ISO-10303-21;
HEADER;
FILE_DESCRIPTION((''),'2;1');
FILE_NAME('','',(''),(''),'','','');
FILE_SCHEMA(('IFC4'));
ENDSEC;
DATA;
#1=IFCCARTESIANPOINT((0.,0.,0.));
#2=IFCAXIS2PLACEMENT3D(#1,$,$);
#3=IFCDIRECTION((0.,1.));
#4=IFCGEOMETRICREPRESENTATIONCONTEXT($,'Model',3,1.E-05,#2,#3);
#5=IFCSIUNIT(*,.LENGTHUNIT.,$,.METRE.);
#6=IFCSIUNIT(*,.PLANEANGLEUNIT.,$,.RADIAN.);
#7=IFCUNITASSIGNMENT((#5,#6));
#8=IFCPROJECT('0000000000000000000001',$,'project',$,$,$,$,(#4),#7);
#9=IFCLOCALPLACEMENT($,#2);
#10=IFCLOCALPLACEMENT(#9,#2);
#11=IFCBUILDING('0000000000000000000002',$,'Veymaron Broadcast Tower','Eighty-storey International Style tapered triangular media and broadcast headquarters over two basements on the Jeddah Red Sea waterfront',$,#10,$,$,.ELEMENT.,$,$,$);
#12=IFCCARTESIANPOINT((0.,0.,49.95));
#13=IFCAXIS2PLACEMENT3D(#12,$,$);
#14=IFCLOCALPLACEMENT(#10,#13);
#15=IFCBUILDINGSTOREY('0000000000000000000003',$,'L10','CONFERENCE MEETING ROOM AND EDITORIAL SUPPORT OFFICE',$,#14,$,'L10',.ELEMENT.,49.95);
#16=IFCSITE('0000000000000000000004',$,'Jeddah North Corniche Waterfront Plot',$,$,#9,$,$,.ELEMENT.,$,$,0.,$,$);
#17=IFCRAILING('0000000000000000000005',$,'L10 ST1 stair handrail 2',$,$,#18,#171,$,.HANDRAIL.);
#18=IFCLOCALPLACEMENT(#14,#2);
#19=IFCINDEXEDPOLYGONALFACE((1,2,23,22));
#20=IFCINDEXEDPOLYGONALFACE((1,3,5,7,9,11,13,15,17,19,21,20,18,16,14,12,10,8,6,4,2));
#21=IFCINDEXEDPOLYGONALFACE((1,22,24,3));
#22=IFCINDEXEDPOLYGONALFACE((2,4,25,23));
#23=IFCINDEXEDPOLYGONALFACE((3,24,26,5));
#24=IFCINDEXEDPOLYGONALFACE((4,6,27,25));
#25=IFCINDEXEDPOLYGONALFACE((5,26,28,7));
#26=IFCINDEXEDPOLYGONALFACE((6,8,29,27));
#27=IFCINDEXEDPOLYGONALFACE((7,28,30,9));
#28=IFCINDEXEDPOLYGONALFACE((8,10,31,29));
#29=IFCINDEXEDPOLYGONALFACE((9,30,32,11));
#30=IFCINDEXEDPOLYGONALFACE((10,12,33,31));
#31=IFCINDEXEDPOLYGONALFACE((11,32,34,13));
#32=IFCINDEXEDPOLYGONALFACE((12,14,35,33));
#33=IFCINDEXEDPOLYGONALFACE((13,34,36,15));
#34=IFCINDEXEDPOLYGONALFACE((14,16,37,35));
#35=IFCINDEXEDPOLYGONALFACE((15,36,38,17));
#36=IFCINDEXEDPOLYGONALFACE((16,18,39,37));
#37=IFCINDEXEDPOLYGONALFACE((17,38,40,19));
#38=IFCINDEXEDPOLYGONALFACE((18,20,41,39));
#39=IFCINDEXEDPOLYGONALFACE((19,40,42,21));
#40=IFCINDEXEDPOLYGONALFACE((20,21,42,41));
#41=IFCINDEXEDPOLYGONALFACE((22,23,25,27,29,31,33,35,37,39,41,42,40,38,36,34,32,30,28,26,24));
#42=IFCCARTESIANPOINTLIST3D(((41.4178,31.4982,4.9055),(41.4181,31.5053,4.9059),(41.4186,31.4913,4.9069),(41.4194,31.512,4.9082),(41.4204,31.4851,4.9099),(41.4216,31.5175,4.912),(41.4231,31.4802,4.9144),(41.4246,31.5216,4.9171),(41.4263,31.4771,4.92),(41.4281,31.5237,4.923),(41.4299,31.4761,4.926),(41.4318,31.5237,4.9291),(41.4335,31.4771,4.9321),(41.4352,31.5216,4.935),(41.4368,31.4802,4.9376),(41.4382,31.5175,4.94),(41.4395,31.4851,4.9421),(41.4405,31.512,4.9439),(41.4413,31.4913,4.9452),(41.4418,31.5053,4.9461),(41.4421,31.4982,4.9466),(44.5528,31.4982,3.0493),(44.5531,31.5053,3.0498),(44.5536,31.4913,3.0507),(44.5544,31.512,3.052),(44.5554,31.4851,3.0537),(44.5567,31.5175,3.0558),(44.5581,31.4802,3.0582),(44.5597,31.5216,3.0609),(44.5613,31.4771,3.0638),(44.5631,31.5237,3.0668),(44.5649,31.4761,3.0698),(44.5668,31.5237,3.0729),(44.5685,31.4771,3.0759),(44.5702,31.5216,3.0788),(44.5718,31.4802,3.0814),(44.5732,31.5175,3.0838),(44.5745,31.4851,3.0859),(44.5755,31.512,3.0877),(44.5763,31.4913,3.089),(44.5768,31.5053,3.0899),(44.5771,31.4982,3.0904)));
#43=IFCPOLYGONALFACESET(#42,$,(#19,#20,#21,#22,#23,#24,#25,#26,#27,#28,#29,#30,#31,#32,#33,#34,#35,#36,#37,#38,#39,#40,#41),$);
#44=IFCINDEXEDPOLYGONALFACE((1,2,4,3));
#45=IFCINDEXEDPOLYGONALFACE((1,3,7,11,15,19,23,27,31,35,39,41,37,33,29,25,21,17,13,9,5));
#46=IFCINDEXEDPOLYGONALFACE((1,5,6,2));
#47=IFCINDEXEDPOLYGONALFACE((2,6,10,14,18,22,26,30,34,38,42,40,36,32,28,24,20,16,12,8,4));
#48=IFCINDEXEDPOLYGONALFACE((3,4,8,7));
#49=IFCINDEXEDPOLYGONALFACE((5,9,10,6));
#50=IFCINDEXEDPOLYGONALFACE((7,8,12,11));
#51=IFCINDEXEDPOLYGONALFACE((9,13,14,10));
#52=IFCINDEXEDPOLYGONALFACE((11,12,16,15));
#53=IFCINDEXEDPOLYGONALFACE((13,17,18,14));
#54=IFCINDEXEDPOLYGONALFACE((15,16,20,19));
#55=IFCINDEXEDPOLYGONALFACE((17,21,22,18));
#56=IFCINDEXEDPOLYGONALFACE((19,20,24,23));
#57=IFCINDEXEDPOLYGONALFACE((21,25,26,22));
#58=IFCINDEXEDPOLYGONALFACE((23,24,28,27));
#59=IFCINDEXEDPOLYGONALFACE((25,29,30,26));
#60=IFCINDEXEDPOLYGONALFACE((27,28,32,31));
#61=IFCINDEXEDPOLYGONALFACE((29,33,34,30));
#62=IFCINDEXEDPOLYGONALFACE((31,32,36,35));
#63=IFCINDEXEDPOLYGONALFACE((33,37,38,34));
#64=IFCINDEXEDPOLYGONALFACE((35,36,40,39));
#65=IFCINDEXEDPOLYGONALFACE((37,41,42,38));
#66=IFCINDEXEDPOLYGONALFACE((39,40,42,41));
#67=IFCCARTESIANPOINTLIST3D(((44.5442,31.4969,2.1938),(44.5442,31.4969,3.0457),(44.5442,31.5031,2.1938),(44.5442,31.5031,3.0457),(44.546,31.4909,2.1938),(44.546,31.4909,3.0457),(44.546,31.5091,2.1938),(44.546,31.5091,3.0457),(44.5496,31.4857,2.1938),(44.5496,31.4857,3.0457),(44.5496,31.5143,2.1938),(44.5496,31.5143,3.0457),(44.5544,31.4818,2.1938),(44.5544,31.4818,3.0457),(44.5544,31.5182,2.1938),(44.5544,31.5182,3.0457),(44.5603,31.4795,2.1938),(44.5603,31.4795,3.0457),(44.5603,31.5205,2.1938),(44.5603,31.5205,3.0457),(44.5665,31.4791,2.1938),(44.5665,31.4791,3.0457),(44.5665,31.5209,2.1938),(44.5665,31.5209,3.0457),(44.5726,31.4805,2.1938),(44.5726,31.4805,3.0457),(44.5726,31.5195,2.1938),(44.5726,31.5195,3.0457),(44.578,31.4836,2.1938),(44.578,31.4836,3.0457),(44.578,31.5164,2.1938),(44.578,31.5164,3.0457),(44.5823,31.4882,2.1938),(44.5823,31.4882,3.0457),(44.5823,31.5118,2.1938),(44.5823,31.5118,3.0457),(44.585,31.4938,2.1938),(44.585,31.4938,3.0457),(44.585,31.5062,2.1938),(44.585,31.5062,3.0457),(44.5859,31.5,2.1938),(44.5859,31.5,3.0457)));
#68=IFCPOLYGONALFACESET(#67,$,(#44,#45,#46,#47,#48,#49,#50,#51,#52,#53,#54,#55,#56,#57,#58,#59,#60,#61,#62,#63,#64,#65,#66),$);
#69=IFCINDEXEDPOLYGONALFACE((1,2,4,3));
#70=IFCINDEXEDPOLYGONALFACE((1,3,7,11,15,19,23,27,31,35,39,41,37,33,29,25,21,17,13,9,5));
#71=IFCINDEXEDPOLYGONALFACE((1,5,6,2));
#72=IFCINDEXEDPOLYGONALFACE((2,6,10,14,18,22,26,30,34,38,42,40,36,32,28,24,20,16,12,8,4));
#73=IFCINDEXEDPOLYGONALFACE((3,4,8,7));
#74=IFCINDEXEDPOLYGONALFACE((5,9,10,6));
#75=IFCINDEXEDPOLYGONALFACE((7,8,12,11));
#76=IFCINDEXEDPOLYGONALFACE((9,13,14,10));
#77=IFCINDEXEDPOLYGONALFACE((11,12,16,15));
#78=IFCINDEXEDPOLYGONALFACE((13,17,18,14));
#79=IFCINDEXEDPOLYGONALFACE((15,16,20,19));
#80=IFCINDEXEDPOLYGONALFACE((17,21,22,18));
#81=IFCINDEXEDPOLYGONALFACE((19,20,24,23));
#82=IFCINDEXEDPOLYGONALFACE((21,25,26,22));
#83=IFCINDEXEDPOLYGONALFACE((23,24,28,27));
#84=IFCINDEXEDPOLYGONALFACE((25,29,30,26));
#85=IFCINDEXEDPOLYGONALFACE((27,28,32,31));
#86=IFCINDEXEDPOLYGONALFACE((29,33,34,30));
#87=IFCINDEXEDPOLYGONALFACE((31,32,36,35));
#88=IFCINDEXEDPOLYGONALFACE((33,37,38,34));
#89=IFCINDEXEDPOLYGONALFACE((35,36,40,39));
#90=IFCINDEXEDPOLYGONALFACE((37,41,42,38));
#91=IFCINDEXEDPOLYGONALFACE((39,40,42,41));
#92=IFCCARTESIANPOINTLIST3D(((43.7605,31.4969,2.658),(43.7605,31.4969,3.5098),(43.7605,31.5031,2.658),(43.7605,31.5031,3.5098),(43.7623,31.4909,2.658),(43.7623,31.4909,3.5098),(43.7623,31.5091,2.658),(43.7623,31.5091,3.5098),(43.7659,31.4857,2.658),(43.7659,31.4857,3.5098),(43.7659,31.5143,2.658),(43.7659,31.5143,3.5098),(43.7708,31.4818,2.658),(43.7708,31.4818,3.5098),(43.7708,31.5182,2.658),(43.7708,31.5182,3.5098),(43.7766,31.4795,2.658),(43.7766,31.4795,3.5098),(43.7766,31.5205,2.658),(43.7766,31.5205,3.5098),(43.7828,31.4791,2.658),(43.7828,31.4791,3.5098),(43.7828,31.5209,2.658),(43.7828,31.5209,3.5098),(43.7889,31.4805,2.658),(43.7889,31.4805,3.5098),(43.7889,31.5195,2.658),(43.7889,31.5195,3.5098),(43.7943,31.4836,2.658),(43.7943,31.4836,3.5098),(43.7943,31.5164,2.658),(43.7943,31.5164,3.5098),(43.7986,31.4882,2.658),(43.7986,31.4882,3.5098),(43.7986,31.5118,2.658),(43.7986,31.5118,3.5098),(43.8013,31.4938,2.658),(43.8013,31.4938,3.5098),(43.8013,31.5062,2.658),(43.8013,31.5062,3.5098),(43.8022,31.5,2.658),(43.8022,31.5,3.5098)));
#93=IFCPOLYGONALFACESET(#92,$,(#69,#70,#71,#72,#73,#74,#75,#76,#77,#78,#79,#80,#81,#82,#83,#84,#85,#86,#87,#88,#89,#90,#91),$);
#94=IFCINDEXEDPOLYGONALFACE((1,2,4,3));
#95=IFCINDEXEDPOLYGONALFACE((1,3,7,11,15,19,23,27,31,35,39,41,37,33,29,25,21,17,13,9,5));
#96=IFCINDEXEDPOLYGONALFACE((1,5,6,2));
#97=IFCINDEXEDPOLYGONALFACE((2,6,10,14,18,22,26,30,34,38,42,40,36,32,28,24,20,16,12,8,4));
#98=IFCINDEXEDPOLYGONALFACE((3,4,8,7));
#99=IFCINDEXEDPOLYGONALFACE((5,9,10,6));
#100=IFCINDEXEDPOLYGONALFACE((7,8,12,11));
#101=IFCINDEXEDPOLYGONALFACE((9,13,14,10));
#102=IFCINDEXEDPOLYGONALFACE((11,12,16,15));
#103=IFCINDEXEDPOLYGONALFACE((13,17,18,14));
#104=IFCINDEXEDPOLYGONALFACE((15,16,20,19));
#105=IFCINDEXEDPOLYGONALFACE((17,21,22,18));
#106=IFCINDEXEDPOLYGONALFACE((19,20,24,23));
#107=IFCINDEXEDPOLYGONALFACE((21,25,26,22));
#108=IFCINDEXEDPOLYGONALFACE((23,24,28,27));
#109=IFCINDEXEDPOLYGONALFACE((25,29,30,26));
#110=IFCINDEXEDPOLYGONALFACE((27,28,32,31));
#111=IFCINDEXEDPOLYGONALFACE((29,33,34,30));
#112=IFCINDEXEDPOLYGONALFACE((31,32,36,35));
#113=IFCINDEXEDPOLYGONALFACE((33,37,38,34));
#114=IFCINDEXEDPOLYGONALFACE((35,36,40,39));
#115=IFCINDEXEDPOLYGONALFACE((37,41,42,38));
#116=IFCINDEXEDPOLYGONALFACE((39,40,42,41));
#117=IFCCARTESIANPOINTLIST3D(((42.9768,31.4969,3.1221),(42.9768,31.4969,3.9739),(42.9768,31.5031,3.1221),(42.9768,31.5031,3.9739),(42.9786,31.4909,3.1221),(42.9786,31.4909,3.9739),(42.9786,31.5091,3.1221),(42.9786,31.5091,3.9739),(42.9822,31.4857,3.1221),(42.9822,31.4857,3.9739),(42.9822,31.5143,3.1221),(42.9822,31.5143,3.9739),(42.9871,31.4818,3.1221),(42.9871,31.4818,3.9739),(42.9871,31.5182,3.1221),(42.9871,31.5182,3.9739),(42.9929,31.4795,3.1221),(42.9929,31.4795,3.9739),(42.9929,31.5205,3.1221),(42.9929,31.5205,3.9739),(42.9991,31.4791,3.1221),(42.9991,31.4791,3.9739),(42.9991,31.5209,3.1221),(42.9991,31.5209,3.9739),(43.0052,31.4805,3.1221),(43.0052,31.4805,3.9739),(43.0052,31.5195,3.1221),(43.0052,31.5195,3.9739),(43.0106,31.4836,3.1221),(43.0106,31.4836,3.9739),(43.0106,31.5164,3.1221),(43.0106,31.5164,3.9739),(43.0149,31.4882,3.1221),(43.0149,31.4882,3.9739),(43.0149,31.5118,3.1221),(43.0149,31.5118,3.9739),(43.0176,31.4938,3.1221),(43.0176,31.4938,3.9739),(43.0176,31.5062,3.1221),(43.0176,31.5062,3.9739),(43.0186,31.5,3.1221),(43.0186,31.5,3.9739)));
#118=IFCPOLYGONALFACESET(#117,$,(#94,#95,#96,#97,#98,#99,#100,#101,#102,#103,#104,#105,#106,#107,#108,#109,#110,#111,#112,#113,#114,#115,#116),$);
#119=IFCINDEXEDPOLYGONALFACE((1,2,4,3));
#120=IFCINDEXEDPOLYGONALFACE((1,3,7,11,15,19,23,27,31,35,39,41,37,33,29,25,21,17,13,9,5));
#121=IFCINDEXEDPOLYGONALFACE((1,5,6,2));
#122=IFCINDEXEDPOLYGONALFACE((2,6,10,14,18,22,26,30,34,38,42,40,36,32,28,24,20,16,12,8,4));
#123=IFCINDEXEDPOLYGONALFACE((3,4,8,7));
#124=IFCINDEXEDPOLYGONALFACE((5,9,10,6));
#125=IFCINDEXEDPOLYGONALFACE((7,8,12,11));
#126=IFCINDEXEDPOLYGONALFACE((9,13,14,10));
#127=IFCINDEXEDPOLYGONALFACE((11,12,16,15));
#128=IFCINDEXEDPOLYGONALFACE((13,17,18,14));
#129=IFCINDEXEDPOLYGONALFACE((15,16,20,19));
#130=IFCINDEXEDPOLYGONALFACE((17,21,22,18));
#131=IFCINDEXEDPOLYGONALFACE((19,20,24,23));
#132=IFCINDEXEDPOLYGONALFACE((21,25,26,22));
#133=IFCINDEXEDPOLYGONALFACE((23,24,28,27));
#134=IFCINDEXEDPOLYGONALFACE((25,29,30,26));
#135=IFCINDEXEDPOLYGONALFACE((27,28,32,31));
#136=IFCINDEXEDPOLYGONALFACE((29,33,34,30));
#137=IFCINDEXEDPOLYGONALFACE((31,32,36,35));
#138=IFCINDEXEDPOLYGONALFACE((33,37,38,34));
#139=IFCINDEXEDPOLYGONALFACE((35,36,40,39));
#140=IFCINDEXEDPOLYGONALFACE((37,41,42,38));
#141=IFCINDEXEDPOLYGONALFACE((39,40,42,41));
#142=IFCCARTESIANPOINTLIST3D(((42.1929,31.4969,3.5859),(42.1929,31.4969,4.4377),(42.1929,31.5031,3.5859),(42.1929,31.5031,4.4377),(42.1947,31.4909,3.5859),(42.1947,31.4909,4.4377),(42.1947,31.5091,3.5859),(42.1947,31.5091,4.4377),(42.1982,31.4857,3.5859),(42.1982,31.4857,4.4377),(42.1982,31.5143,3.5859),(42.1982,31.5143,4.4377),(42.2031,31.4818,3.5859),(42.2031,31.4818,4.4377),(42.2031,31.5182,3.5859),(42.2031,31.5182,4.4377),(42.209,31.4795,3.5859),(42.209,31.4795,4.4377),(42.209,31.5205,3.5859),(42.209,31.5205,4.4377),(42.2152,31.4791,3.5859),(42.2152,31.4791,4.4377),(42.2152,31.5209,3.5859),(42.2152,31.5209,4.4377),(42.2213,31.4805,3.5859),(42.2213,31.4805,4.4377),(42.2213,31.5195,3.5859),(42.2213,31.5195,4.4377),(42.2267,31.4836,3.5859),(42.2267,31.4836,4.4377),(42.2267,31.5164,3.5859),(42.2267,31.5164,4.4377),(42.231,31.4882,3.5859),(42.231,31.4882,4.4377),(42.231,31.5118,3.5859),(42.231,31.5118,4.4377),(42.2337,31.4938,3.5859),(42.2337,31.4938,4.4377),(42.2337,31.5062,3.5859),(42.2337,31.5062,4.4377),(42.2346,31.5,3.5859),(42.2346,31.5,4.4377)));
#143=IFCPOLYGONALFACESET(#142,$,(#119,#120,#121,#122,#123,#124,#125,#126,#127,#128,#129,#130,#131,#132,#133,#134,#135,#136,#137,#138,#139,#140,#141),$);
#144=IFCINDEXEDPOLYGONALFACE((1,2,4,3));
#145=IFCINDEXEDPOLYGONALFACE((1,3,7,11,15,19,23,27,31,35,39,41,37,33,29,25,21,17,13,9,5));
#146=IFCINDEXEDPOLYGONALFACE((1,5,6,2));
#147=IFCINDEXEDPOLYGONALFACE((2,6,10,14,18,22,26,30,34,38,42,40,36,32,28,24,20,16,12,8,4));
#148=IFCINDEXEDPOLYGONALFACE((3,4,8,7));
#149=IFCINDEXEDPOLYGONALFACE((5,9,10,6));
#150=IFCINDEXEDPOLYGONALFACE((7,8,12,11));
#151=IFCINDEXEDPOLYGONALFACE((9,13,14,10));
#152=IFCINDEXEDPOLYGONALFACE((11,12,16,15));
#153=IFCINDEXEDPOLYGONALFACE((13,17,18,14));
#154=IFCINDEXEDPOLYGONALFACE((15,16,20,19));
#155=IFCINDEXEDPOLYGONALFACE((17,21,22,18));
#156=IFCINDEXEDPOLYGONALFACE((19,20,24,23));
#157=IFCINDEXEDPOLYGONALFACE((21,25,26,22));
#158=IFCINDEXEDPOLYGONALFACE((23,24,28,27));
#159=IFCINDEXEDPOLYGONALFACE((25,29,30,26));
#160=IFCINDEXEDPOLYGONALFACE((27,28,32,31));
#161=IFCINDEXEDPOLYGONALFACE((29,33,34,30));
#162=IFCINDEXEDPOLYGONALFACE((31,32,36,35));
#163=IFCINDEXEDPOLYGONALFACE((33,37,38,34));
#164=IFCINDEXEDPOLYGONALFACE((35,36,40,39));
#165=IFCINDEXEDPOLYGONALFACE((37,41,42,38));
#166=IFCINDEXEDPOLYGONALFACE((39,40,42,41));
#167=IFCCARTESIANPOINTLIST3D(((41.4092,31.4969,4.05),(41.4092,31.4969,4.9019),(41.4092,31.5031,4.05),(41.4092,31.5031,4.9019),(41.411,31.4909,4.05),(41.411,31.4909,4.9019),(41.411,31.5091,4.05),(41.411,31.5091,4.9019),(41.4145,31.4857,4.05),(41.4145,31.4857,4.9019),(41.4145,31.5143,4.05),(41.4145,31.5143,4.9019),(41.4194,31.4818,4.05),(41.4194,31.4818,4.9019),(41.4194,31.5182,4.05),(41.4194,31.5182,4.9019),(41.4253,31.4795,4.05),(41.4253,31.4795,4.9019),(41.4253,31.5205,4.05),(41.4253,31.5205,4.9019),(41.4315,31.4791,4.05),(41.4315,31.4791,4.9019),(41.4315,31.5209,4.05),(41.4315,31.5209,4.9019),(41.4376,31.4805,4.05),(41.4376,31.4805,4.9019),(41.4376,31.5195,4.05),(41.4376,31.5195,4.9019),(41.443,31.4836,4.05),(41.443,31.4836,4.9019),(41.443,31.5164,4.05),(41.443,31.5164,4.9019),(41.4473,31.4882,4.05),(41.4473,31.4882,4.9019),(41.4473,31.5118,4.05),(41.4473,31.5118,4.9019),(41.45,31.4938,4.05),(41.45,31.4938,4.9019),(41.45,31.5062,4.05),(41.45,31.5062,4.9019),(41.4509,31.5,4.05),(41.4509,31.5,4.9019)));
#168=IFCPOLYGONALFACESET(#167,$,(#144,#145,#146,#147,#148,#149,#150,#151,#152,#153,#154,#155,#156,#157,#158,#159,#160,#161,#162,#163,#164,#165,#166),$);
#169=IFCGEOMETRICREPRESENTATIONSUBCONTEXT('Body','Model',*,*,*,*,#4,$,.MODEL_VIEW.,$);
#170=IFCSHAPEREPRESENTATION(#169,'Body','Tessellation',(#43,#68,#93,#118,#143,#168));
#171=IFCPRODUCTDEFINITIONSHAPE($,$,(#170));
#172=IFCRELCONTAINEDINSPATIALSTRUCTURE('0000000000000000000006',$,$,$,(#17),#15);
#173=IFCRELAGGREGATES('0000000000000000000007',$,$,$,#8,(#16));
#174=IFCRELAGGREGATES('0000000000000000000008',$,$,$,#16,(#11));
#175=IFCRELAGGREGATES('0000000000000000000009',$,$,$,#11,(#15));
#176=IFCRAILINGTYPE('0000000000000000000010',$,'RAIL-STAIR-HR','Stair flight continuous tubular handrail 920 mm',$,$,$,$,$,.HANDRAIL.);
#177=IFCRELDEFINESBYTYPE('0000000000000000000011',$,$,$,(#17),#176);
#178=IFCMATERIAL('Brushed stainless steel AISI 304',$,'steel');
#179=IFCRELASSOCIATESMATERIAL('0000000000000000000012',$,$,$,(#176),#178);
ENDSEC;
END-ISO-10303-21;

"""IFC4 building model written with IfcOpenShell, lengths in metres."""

from ifc_helpers import new_model, si_unit, direction, frame, origin, origin_2d, place, context, subcontext, project, spatial, circle, extrude, material, type_object, element, save


model = new_model("IFC4")

# Units and contexts
model_context = context("Model", 3, precision=1e-05, world=origin(), true_north=direction((0.0, 1.0)))
body_context = subcontext(model_context, "Body", "Model", "MODEL_VIEW")
ifc_project = project(units=[si_unit("LENGTHUNIT", "METRE"), si_unit("PLANEANGLEUNIT", "RADIAN")], contexts=[model_context])

# Site, building, storey
site_placement = place(None, origin())
site = spatial("IfcSite", under=ifc_project, at=site_placement, Name="Jeddah North Corniche Waterfront Plot", CompositionType="ELEMENT", RefElevation=0.0)
building_placement = place(site_placement, origin())
building = spatial("IfcBuilding", under=site, at=building_placement, Name="Veymaron Broadcast Tower", Description="Eighty-storey International Style tapered triangular media and broadcast headquarters over two basements on the Jeddah Red Sea waterfront", CompositionType="ELEMENT")
storey_placement = place(building_placement, frame((0.0, 0.0, 49.95)))
storey = spatial("IfcBuildingStorey", under=building, at=storey_placement, Name="L10", Description="CONFERENCE MEETING ROOM AND EDITORIAL SUPPORT OFFICE", LongName="L10", CompositionType="ELEMENT", Elevation=49.95)

# Railing
ifc_material_1 = material(Name="Brushed stainless steel AISI 304", Category="steel")
railing_type_1 = type_object("IfcRailingType", Name="RAIL-STAIR-HR", Description="Stair flight continuous tubular handrail 920 mm", PredefinedType="HANDRAIL", material=ifc_material_1)
railing_1_placement = place(storey_placement, frame((44.5649, 31.5, 2.1938)))
element("IfcRailing", 1, at=railing_1_placement, inside=storey, type_object=railing_type_1, Name="L10 ST1 stair handrail 2", PredefinedType="HANDRAIL", context=body_context, shape_type="SweptSolid", body=[
    extrude(circle(Radius=0.0239, at=origin_2d()), frame((0.0, 0.0, 0.876), z_axis=(-0.860482, 0.0, 0.509481), x_axis=(0.0, -1.0, 0.0)), (0.0, 0.0, 1.0), 3.6433),
    extrude(circle(Radius=0.021, at=origin_2d()), origin(), (0.0, 0.0, 1.0), 0.8518),
    extrude(circle(Radius=0.021, at=origin_2d()), frame((-0.7837, 0.0, 0.4641)), (0.0, 0.0, 1.0), 0.8518),
    extrude(circle(Radius=0.021, at=origin_2d()), frame((-1.5674, 0.0, 0.9282)), (0.0, 0.0, 1.0), 0.8518),
    extrude(circle(Radius=0.021, at=origin_2d()), frame((-2.3513, 0.0, 1.3921)), (0.0, 0.0, 1.0), 0.8518),
    extrude(circle(Radius=0.021, at=origin_2d()), frame((-3.135, 0.0, 1.8562)), (0.0, 0.0, 1.0), 0.8518),
])

save(model, "model.ifc")
